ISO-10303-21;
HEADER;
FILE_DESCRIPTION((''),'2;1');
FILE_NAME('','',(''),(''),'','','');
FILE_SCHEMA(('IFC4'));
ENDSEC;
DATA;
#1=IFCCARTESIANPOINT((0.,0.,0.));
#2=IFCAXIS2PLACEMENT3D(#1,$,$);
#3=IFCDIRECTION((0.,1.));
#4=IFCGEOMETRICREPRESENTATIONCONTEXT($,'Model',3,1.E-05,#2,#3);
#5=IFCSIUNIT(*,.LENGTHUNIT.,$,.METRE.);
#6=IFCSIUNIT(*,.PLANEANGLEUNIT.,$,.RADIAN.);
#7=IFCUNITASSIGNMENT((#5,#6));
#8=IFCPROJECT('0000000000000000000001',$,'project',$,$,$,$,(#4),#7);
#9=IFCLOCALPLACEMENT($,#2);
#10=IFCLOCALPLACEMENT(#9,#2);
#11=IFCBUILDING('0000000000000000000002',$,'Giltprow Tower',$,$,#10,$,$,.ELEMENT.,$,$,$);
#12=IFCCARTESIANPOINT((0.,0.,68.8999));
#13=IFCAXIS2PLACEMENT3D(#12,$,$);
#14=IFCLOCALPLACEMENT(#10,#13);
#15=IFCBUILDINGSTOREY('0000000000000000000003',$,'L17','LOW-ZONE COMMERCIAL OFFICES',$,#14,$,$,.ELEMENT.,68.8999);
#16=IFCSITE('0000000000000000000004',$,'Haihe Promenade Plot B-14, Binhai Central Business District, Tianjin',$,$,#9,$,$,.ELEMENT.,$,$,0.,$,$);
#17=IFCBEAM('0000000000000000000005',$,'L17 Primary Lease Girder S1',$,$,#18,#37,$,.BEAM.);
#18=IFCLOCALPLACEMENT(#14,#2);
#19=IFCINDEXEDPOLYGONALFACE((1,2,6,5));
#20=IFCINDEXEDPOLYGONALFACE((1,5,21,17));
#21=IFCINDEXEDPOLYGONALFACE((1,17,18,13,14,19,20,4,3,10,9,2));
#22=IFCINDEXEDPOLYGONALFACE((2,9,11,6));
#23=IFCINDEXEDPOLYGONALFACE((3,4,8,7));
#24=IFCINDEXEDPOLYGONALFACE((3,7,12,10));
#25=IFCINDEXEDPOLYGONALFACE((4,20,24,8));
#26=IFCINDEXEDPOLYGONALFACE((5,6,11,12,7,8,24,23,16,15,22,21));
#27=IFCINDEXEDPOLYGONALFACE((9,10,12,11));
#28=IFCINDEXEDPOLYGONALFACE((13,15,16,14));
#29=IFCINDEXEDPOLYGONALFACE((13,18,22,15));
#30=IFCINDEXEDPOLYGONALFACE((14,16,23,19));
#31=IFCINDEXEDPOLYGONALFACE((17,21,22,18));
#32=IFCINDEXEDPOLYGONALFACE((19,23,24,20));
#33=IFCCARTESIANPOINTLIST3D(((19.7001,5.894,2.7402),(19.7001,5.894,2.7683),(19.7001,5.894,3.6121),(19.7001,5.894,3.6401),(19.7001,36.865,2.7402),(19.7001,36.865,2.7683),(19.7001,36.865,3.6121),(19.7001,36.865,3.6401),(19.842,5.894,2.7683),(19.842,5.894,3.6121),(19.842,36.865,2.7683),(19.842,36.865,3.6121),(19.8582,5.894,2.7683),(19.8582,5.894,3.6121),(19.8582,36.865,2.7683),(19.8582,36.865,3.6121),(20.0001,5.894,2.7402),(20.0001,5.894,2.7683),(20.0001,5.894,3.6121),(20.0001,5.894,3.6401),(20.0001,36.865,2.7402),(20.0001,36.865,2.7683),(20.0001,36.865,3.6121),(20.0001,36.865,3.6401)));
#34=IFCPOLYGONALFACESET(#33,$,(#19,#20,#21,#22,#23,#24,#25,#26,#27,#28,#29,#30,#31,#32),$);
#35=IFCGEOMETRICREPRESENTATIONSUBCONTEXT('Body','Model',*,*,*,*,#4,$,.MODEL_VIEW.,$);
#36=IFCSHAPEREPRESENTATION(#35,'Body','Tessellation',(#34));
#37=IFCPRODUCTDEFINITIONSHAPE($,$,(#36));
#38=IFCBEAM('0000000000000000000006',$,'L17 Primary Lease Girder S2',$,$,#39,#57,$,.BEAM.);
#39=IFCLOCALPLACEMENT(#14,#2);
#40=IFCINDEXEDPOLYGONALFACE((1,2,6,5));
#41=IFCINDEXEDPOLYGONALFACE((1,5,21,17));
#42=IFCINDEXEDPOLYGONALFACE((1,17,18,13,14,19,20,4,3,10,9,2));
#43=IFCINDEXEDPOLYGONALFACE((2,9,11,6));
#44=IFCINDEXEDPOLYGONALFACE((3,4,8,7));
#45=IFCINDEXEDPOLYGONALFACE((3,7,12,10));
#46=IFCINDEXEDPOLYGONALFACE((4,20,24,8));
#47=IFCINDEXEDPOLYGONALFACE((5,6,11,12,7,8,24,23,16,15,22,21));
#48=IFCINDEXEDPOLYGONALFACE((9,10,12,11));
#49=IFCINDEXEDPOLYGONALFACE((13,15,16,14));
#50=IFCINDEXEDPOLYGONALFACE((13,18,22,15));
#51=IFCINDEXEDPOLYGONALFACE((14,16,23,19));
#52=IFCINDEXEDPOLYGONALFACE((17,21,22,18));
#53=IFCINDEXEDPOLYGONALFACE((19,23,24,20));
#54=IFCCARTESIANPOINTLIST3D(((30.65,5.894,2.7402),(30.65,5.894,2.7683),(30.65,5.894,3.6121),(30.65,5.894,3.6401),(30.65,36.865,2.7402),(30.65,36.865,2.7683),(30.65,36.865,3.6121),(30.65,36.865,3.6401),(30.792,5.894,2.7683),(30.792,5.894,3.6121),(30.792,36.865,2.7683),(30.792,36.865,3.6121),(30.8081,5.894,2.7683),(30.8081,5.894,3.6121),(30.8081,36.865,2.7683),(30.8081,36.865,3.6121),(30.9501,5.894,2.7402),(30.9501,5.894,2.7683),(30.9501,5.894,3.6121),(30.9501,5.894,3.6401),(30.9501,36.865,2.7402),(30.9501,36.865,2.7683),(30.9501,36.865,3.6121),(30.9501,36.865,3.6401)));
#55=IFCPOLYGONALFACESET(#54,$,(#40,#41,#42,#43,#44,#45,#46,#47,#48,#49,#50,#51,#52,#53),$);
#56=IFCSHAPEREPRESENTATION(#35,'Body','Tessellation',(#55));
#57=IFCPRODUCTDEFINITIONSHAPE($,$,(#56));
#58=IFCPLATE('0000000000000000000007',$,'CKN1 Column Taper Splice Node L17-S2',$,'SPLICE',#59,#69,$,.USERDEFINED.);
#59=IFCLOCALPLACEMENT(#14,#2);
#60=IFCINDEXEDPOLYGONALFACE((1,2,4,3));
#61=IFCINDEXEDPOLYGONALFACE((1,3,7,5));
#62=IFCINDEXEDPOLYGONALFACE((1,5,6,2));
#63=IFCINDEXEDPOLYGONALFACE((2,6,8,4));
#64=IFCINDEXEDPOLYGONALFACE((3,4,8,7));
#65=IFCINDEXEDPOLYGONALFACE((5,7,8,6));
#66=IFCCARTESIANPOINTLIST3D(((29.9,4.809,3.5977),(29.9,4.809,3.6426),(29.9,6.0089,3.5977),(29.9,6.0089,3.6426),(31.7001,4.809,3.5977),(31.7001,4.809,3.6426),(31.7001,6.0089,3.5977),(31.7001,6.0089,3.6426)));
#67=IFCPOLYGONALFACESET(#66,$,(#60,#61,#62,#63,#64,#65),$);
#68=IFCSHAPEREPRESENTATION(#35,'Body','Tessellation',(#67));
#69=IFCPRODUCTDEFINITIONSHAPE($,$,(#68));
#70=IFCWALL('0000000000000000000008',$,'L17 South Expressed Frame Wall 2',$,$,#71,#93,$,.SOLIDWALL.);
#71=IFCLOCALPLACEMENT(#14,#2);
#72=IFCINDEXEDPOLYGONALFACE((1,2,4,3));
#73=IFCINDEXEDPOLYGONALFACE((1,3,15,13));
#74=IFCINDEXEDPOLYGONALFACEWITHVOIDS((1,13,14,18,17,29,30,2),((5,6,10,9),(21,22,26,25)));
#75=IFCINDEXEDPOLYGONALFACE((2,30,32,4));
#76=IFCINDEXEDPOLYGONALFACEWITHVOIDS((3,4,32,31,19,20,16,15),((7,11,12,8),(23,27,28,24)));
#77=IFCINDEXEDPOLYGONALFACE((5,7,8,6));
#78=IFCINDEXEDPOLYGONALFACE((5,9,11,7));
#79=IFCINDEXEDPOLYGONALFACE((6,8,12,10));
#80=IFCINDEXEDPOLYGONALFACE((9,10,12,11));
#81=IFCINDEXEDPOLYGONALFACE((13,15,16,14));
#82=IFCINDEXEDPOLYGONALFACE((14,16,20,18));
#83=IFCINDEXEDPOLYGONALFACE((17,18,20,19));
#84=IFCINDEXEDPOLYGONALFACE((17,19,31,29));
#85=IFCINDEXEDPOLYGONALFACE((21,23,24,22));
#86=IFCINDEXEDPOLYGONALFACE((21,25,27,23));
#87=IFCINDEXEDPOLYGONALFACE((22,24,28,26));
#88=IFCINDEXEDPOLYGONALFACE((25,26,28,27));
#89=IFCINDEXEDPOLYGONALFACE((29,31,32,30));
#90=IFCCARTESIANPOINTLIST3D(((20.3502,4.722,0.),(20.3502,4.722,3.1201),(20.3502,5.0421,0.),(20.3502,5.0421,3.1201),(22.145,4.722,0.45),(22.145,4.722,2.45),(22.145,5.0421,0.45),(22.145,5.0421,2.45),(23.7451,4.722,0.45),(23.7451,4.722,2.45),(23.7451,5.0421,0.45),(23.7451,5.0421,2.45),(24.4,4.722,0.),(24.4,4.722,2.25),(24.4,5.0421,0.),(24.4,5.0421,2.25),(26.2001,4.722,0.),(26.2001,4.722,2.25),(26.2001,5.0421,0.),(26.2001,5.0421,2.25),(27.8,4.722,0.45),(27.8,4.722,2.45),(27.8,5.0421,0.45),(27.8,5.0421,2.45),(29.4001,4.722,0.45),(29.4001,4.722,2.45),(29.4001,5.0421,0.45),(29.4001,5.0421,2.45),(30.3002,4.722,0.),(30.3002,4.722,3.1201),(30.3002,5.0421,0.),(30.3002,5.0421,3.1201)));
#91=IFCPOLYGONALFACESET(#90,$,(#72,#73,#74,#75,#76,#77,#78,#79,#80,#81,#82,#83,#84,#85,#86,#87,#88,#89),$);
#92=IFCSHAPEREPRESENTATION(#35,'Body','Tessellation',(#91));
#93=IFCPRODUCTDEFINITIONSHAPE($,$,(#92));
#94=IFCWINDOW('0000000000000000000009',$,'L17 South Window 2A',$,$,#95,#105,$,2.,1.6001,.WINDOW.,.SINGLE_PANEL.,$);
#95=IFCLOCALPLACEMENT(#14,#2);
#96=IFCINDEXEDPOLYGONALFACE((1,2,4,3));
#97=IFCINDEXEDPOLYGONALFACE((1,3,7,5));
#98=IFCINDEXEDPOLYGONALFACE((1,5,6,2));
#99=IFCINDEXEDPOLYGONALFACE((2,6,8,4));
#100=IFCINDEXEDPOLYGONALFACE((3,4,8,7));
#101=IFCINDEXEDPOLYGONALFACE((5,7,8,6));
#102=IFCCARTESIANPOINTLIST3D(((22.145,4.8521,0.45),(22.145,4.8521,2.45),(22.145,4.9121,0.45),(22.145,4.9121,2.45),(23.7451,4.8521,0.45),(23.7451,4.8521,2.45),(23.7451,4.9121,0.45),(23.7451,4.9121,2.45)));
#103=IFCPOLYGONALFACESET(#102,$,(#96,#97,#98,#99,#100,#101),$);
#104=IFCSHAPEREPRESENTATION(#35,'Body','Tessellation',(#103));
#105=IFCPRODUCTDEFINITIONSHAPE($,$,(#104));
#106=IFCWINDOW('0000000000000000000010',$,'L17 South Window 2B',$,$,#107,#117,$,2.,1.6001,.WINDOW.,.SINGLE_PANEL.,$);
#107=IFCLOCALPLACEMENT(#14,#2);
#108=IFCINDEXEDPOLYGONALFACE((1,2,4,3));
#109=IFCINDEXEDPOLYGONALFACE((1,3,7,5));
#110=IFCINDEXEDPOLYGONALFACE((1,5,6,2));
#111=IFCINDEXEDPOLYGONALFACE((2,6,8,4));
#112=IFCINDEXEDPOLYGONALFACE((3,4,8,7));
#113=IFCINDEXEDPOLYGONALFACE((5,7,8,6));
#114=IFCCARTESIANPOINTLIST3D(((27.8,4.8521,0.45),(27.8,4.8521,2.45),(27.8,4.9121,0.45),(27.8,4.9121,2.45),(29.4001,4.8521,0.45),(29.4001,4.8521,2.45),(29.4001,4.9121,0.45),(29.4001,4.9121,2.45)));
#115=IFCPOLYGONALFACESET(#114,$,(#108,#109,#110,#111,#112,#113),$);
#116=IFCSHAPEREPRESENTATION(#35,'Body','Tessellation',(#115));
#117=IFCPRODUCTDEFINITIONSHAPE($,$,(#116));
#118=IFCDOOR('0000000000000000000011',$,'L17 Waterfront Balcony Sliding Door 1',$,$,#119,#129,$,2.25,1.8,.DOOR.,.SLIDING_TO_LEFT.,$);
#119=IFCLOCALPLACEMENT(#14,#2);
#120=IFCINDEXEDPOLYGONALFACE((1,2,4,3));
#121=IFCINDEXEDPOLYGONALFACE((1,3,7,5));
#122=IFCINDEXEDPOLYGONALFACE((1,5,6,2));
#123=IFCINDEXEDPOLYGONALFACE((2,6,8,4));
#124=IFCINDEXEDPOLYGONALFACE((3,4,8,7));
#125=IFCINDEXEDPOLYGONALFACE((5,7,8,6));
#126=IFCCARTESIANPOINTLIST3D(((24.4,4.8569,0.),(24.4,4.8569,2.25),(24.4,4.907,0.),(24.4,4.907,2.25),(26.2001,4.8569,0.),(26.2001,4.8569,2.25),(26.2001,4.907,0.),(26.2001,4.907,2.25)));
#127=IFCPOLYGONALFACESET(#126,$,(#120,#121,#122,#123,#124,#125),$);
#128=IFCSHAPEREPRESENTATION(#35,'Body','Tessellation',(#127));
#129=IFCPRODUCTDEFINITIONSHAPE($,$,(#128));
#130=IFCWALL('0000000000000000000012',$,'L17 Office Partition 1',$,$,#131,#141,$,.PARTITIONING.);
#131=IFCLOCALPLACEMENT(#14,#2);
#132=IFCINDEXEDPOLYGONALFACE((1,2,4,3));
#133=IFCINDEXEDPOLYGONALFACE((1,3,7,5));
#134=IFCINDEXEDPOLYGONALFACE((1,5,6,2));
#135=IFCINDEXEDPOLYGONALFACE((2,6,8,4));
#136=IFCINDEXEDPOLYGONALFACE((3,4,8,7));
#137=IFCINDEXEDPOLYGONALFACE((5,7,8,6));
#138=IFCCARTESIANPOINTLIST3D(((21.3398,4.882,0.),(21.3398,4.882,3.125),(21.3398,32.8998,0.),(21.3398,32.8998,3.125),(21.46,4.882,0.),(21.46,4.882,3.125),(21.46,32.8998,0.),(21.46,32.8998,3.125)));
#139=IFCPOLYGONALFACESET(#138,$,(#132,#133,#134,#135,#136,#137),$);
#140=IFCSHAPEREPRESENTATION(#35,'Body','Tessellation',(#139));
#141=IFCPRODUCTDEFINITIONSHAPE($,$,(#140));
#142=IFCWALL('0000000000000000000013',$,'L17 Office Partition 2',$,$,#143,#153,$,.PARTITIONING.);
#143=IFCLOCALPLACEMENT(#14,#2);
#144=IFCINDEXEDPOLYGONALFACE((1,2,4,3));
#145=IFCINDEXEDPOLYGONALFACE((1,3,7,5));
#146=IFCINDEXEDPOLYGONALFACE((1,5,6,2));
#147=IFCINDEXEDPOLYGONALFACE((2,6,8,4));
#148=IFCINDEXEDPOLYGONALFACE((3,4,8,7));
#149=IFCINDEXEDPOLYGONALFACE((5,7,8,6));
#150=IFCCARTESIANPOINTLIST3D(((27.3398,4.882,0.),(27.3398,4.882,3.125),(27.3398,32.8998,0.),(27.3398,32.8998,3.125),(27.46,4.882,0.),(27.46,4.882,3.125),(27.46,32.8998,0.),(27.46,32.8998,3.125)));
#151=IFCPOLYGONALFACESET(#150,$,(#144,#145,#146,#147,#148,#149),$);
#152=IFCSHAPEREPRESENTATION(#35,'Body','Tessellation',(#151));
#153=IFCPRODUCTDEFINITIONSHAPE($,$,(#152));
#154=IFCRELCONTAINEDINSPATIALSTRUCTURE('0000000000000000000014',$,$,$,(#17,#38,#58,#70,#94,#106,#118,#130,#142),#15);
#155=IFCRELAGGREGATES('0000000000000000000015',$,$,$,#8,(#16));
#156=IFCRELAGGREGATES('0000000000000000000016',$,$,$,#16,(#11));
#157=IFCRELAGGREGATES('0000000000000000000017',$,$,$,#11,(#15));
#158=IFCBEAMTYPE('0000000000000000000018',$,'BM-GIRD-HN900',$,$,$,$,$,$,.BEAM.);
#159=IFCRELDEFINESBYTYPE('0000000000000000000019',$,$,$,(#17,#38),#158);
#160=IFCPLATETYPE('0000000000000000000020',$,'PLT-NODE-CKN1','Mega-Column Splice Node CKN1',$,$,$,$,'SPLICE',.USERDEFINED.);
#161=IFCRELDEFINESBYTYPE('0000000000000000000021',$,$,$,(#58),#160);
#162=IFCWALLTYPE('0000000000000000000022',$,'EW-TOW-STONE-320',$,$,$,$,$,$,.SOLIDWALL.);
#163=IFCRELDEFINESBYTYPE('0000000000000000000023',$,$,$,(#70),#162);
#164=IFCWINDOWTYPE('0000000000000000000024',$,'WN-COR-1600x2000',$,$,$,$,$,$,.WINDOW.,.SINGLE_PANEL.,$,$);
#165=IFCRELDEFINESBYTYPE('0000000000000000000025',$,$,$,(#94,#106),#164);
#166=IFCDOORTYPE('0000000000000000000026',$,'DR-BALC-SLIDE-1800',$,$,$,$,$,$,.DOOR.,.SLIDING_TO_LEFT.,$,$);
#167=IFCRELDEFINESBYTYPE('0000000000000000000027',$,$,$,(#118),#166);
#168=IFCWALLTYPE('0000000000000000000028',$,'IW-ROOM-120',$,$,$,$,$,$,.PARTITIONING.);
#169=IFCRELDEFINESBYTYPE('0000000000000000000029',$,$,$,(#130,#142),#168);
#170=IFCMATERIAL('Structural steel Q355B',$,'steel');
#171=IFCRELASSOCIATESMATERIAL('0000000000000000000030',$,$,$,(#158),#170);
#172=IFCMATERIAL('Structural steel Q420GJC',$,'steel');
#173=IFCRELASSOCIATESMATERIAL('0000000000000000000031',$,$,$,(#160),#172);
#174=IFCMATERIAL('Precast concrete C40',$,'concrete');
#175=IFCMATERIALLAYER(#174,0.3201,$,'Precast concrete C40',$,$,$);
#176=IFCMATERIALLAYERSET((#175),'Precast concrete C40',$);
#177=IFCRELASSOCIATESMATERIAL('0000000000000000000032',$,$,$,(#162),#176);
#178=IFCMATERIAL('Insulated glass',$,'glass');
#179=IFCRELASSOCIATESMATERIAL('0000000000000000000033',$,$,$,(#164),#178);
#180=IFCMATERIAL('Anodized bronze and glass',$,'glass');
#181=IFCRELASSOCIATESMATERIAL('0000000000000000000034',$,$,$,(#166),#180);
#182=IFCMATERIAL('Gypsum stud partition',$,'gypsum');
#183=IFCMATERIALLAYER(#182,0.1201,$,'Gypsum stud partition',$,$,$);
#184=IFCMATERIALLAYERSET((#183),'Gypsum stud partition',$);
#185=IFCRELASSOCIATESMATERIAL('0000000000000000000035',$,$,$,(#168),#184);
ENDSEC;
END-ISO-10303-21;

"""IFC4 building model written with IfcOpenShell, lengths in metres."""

from ifc_helpers import new_model, si_unit, direction, frame, frame_2d, origin, origin_2d, place, context, subcontext, project, spatial, rectangle, i_section, extrude, source, transform, mapped, material, layer, layer_set, material_profile, profile_set, type_object, element, fill, save


model = new_model("IFC4")

# Units and contexts
model_context = context("Model", 3, precision=1e-05, world=origin(), true_north=direction((0.0, 1.0)))
body_context = subcontext(model_context, "Body", "Model", "MODEL_VIEW")
ifc_project = project(units=[si_unit("LENGTHUNIT", "METRE"), si_unit("PLANEANGLEUNIT", "RADIAN")], contexts=[model_context])

# Site, building, storey
site_placement = place(None, origin())
site = spatial("IfcSite", under=ifc_project, at=site_placement, Name="Haihe Promenade Plot B-14, Binhai Central Business District, Tianjin", CompositionType="ELEMENT", RefElevation=0.0)
building_placement = place(site_placement, origin())
building = spatial("IfcBuilding", under=site, at=building_placement, Name="Giltprow Tower", CompositionType="ELEMENT")
storey_placement = place(building_placement, frame((0.0, 0.0, 68.8999)))
storey = spatial("IfcBuildingStorey", under=building, at=storey_placement, Name="L17", Description="LOW-ZONE COMMERCIAL OFFICES", CompositionType="ELEMENT", Elevation=68.8999)

# Shared definitions
ifc_material_1 = material(Name="Structural steel Q420GJC", Category="steel")

# Beams
ifc_material_2 = material(Name="Structural steel Q355B", Category="steel")
ifc_material_profile_1 = material_profile(ifc_material_2, i_section(OverallWidth=0.3, OverallDepth=0.8999, WebThickness=0.0161, FlangeThickness=0.0281, at=origin_2d()), Name="HN 900x300x16x28")
ifc_profile_set_1 = profile_set([ifc_material_profile_1], Name="Structural steel Q355B")
beam_type_1 = type_object("IfcBeamType", Name="BM-GIRD-HN900", PredefinedType="BEAM", material=ifc_profile_set_1)
shared_shape_1 = source(origin(), body_context, "Body", "SweptSolid", [
    extrude(i_section(OverallWidth=0.3, OverallDepth=0.8999, WebThickness=0.0161, FlangeThickness=0.0281, at=origin_2d()), origin(), (0.0, 0.0, 1.0), 30.9709),
])
for number, where, z_axis, x_axis, name in (
    (1, (19.8501, 5.894, 3.1902), (0.0, 1.0, 0.0), (-1.0, 0.0, 0.0), "L17 Primary Lease Girder S1"),
    (2, (30.8, 5.894, 3.1902), (0.0, 1.0, 0.0), (-1.0, 0.0, 0.0), "L17 Primary Lease Girder S2"),
):
    element("IfcBeam", number, at=place(storey_placement, frame(where, z_axis=z_axis, x_axis=x_axis)), inside=storey, type_object=beam_type_1, Name=name, PredefinedType="BEAM", context=body_context, shape_type="MappedRepresentation", body=[
        mapped(shared_shape_1, transform((0.0, 0.0, 0.0), x_axis=(1.0, 0.0, 0.0), y_axis=(0.0, 1.0, 0.0), z_axis=(0.0, 0.0, 1.0), scale=1.0)),
    ])

# Plate
plate_type = type_object("IfcPlateType", Name="PLT-NODE-CKN1", Description="Mega-Column Splice Node CKN1", ElementType="SPLICE", PredefinedType="USERDEFINED", material=ifc_material_1)
shared_shape_2 = source(origin(), body_context, "Body", "SweptSolid", [
    extrude(rectangle(XDim=1.8, YDim=1.2, at=origin_2d()), origin(), (0.0, 0.0, 1.0), 0.0449),
])
plate_placement = place(storey_placement, frame((30.8, 5.4089, 3.5977), z_axis=(0.0, 0.0, 1.0), x_axis=(1.0, 0.0, 0.0)))
element("IfcPlate", 3, at=plate_placement, inside=storey, type_object=plate_type, Name="CKN1 Column Taper Splice Node L17-S2", ObjectType="SPLICE", PredefinedType="USERDEFINED", context=body_context, shape_type="MappedRepresentation", body=[
    mapped(shared_shape_2, transform((0.0, 0.0, 0.0), x_axis=(1.0, 0.0, 0.0), y_axis=(0.0, 1.0, 0.0), z_axis=(0.0, 0.0, 1.0), scale=1.0)),
])

# Wall, openings, windows, door
ifc_material_3 = material(Name="Precast concrete C40", Category="concrete")
ifc_layer_1 = layer(ifc_material_3, 0.3201, Name="Precast concrete C40")
ifc_layer_set_1 = layer_set([ifc_layer_1], Name="Precast concrete C40")
wall_type_1 = type_object("IfcWallType", Name="EW-TOW-STONE-320", PredefinedType="SOLIDWALL", material=ifc_layer_set_1)
wall_placement = place(storey_placement, frame((20.3501, 4.8821, 0.0), z_axis=(0.0, 0.0, 1.0), x_axis=(1.0, 0.0, 0.0)))
wall = element("IfcWall", 4, at=wall_placement, inside=storey, type_object=wall_type_1, Name="L17 South Expressed Frame Wall 2", PredefinedType="SOLIDWALL", context=body_context, shape_type="SweptSolid", body=[
    extrude(rectangle(XDim=9.95, YDim=0.3201, at=frame_2d((4.9751, 0.0))), origin(), (0.0, 0.0, 1.0), 3.1201),
])
opening_1_placement = place(wall_placement, frame((4.05, 0.0, 0.0)))
opening_1 = element("IfcOpeningElement", 5, at=opening_1_placement, cuts=wall, PredefinedType="OPENING", context=body_context, shape_type="SweptSolid", body=[
    extrude(rectangle(XDim=1.8, YDim=2.25, at=frame_2d((0.8999, 1.125))), frame((0.0, 0.1699, 0.0), z_axis=(0.0, -1.0, 0.0), x_axis=(1.0, 0.0, 0.0)), (0.0, 0.0, 1.0), 0.3401),
])
opening_2_placement = place(wall_placement, frame((1.7949, 0.0, 0.45)))
opening_2 = element("IfcOpeningElement", 6, at=opening_2_placement, cuts=wall, PredefinedType="OPENING", context=body_context, shape_type="SweptSolid", body=[
    extrude(rectangle(XDim=1.6001, YDim=2.0, at=frame_2d((0.8, 1.0))), frame((0.0, 0.1699, 0.0), z_axis=(0.0, -1.0, 0.0), x_axis=(1.0, 0.0, 0.0)), (0.0, 0.0, 1.0), 0.3401),
])
opening_3_placement = place(wall_placement, frame((7.45, 0.0, 0.45)))
opening_3 = element("IfcOpeningElement", 7, at=opening_3_placement, cuts=wall, PredefinedType="OPENING", context=body_context, shape_type="SweptSolid", body=[
    extrude(rectangle(XDim=1.6001, YDim=2.0, at=frame_2d((0.8, 1.0))), frame((0.0, 0.1699, 0.0), z_axis=(0.0, -1.0, 0.0), x_axis=(1.0, 0.0, 0.0)), (0.0, 0.0, 1.0), 0.3401),
])
ifc_material_4 = material(Name="Insulated glass", Category="glass")
window_type = type_object("IfcWindowType", Name="WN-COR-1600x2000", PartitioningType="SINGLE_PANEL", PredefinedType="WINDOW", material=ifc_material_4)
shared_shape_3 = source(origin(), body_context, "Body", "SweptSolid", [
    extrude(rectangle(XDim=1.6001, YDim=2.0, at=frame_2d((0.8, 1.0))), frame((0.0, 0.03, 0.0), z_axis=(0.0, -1.0, 0.0), x_axis=(1.0, 0.0, 0.0)), (0.0, 0.0, 1.0), 0.0601),
])
window_1_placement = place(opening_2_placement, origin())
window_1 = element("IfcWindow", 8, at=window_1_placement, inside=storey, type_object=window_type, Name="L17 South Window 2A", OverallHeight=2.0, OverallWidth=1.6001, PartitioningType="SINGLE_PANEL", PredefinedType="WINDOW", context=body_context, shape_type="MappedRepresentation", body=[
    mapped(shared_shape_3, transform((0.0, 0.0, 0.0), x_axis=(1.0, 0.0, 0.0), y_axis=(0.0, 1.0, 0.0), z_axis=(0.0, 0.0, 1.0), scale=1.0)),
])
fill(opening_2, window_1)
window_2_placement = place(opening_3_placement, origin())
window_2 = element("IfcWindow", 9, at=window_2_placement, inside=storey, type_object=window_type, Name="L17 South Window 2B", OverallHeight=2.0, OverallWidth=1.6001, PartitioningType="SINGLE_PANEL", PredefinedType="WINDOW", context=body_context, shape_type="MappedRepresentation", body=[
    mapped(shared_shape_3, transform((0.0, 0.0, 0.0), x_axis=(1.0, 0.0, 0.0), y_axis=(0.0, 1.0, 0.0), z_axis=(0.0, 0.0, 1.0), scale=1.0)),
])
fill(opening_3, window_2)
ifc_material_5 = material(Name="Anodized bronze and glass", Category="glass")
door_type = type_object("IfcDoorType", Name="DR-BALC-SLIDE-1800", OperationType="SLIDING_TO_LEFT", PredefinedType="DOOR", material=ifc_material_5)
shared_shape_4 = source(origin(), body_context, "Body", "SweptSolid", [
    extrude(rectangle(XDim=1.8, YDim=2.25, at=frame_2d((0.8999, 1.125))), frame((0.0, 0.0249, 0.0), z_axis=(0.0, -1.0, 0.0), x_axis=(1.0, 0.0, 0.0)), (0.0, 0.0, 1.0), 0.05),
])
door_placement = place(opening_1_placement, origin())
door = element("IfcDoor", 10, at=door_placement, inside=storey, type_object=door_type, Name="L17 Waterfront Balcony Sliding Door 1", OperationType="SLIDING_TO_LEFT", OverallHeight=2.25, OverallWidth=1.8, PredefinedType="DOOR", context=body_context, shape_type="MappedRepresentation", body=[
    mapped(shared_shape_4, transform((0.0, 0.0, 0.0), x_axis=(1.0, 0.0, 0.0), y_axis=(0.0, 1.0, 0.0), z_axis=(0.0, 0.0, 1.0), scale=1.0)),
])
fill(opening_1, door)

# Walls
ifc_material_6 = material(Name="Gypsum stud partition", Category="gypsum")
ifc_layer_2 = layer(ifc_material_6, 0.1201, Name="Gypsum stud partition")
ifc_layer_set_2 = layer_set([ifc_layer_2], Name="Gypsum stud partition")
wall_type_2 = type_object("IfcWallType", Name="IW-ROOM-120", PredefinedType="PARTITIONING", material=ifc_layer_set_2)
for number, where, z_axis, x_axis, name in (
    (11, (21.3999, 4.8821, 0.0), (0.0, 0.0, 1.0), (0.0, 1.0, 0.0), "L17 Office Partition 1"),
    (12, (27.3999, 4.8821, 0.0), (0.0, 0.0, 1.0), (0.0, 1.0, 0.0), "L17 Office Partition 2"),
):
    element("IfcWall", number, at=place(storey_placement, frame(where, z_axis=z_axis, x_axis=x_axis)), inside=storey, type_object=wall_type_2, Name=name, PredefinedType="PARTITIONING", context=body_context, shape_type="SweptSolid", body=[
        extrude(rectangle(XDim=28.0178, YDim=0.1201, at=frame_2d((14.0088, 0.0))), origin(), (0.0, 0.0, 1.0), 3.125),
    ])

save(model, "model.ifc")
